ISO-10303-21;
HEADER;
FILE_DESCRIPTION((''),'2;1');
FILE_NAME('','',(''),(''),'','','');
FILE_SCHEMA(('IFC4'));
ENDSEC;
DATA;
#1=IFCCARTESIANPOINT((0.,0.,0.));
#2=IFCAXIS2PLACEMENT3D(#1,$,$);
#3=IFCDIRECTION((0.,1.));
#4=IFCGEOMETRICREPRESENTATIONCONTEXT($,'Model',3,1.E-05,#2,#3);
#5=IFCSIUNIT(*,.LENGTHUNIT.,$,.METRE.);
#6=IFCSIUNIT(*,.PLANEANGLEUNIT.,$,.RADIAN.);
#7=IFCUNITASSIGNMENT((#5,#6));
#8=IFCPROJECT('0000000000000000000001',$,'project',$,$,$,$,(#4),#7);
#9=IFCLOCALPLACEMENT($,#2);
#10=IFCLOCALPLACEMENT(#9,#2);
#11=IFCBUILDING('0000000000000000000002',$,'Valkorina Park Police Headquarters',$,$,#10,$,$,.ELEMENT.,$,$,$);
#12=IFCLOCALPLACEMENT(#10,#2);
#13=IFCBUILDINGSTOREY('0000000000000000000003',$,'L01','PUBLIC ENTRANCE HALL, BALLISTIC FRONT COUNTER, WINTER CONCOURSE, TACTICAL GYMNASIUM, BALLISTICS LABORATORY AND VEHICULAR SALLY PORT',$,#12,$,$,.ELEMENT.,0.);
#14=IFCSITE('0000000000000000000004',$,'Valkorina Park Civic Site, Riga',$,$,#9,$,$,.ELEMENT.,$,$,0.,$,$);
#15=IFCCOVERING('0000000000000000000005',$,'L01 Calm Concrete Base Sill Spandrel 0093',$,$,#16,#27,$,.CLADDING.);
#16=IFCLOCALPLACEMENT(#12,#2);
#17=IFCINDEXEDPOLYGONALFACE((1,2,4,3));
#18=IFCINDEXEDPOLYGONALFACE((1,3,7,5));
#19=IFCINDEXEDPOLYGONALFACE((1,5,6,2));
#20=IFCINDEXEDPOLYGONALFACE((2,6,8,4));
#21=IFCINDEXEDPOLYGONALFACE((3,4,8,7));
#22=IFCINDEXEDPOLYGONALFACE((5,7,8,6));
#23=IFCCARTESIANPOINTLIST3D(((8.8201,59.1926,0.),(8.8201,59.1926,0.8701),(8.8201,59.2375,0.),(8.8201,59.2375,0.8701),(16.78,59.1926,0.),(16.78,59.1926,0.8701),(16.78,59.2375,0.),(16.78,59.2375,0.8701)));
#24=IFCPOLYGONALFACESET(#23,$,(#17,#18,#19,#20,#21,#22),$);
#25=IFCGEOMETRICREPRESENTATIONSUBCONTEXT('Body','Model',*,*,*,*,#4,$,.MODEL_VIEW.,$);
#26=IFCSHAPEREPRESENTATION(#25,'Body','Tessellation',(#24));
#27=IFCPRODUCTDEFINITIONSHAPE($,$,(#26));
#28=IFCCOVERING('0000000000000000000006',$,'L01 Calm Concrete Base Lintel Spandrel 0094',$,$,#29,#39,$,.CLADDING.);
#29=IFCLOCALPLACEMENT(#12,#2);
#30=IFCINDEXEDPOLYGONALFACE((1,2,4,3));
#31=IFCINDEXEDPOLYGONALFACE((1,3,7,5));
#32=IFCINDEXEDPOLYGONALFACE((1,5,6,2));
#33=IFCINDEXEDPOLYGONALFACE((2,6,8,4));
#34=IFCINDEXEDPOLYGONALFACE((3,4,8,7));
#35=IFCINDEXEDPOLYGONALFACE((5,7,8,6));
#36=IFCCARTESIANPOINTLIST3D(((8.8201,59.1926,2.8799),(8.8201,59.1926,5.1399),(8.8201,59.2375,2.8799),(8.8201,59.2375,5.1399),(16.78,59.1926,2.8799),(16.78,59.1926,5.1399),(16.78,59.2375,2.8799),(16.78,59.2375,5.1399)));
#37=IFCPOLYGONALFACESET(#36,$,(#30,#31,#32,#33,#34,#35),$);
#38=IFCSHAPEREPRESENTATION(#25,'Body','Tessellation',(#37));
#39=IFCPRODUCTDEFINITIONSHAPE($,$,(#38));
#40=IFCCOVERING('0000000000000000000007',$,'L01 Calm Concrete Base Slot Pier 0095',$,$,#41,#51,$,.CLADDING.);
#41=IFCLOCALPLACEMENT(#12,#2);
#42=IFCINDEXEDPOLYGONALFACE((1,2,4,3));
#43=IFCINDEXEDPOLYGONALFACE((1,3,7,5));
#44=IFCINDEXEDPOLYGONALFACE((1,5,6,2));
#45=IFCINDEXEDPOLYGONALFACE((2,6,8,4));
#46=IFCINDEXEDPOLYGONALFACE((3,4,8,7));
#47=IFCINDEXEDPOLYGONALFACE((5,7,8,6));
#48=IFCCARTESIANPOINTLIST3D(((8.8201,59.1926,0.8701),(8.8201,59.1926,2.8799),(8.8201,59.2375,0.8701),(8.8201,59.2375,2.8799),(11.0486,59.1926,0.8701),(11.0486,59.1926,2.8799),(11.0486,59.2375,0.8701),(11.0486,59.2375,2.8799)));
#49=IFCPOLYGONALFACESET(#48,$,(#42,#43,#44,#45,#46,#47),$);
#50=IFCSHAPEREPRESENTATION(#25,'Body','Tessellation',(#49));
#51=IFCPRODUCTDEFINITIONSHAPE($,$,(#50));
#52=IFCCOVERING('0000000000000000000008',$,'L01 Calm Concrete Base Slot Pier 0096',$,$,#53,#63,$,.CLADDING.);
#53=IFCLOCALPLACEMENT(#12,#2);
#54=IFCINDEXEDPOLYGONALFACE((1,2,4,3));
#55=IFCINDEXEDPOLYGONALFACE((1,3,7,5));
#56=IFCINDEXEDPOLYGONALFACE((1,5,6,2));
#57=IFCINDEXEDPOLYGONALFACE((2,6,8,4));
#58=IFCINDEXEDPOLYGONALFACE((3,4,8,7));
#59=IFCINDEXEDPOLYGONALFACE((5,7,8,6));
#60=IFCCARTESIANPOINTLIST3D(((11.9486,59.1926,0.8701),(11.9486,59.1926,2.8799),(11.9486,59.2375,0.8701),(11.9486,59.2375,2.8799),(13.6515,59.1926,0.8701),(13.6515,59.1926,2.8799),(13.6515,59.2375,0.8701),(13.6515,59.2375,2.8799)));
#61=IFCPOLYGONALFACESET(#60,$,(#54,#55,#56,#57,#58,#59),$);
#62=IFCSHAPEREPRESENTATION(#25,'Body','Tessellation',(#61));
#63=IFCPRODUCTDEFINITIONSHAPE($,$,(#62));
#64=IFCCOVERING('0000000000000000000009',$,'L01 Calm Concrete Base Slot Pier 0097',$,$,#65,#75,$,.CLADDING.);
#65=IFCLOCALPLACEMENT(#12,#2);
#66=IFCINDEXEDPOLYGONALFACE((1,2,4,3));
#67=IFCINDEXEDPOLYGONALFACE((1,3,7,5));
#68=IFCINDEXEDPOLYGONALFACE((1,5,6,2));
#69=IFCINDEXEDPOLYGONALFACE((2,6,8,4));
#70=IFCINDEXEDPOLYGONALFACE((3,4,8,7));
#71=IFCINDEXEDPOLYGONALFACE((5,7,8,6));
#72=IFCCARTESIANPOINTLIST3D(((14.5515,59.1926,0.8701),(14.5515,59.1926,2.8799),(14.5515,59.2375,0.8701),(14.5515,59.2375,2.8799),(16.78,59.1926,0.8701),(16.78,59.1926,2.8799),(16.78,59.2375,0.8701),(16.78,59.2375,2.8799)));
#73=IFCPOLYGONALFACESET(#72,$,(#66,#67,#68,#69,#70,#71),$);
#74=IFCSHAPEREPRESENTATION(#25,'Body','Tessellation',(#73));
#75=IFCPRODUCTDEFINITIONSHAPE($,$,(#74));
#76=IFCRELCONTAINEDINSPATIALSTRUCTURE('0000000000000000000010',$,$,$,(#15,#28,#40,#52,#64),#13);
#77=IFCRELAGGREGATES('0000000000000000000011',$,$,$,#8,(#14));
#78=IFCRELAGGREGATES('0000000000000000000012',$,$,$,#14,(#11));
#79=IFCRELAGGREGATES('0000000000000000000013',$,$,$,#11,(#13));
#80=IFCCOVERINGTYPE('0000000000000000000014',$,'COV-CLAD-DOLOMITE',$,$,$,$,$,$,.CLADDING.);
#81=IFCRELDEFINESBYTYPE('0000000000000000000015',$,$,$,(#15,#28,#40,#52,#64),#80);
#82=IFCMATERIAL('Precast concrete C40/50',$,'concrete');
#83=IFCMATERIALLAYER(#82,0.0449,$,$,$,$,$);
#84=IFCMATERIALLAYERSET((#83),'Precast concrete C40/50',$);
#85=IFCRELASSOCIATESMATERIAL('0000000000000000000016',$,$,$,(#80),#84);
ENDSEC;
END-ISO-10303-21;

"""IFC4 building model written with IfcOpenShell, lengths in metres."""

from ifc_helpers import new_model, si_unit, direction, frame, frame_2d, origin, place, context, subcontext, project, spatial, rectangle, extrude, material, layer, layer_set, type_object, element, save


model = new_model("IFC4")

# Units and contexts
model_context = context("Model", 3, precision=1e-05, world=origin(), true_north=direction((0.0, 1.0)))
body_context = subcontext(model_context, "Body", "Model", "MODEL_VIEW")
ifc_project = project(units=[si_unit("LENGTHUNIT", "METRE"), si_unit("PLANEANGLEUNIT", "RADIAN")], contexts=[model_context])

# Site, building, storey
site_placement = place(None, origin())
site = spatial("IfcSite", under=ifc_project, at=site_placement, Name="Valkorina Park Civic Site, Riga", CompositionType="ELEMENT", RefElevation=0.0)
building_placement = place(site_placement, origin())
building = spatial("IfcBuilding", under=site, at=building_placement, Name="Valkorina Park Police Headquarters", CompositionType="ELEMENT")
storey_placement = place(building_placement, origin())
storey = spatial("IfcBuildingStorey", under=building, at=storey_placement, Name="L01", Description="PUBLIC ENTRANCE HALL, BALLISTIC FRONT COUNTER, WINTER CONCOURSE, TACTICAL GYMNASIUM, BALLISTICS LABORATORY AND VEHICULAR SALLY PORT", CompositionType="ELEMENT", Elevation=0.0)

# Coverings
ifc_material_1 = material(Name="Precast concrete C40/50", Category="concrete")
ifc_layer_1 = layer(ifc_material_1, 0.0449)
ifc_layer_set_1 = layer_set([ifc_layer_1], Name="Precast concrete C40/50")
covering_type = type_object("IfcCoveringType", Name="COV-CLAD-DOLOMITE", PredefinedType="CLADDING", material=ifc_layer_set_1)
covering_1_placement = place(storey_placement, frame((8.8201, 59.2151, 0.0), z_axis=(0.0, 0.0, 1.0), x_axis=(1.0, 0.0, 0.0)))
element("IfcCovering", 1, at=covering_1_placement, inside=storey, type_object=covering_type, Name="L01 Calm Concrete Base Sill Spandrel 0093", PredefinedType="CLADDING", context=body_context, shape_type="SweptSolid", body=[
    extrude(rectangle(XDim=7.96, YDim=0.0449, at=frame_2d((3.98, 0.0))), origin(), (0.0, 0.0, 1.0), 0.8701),
])
covering_2_placement = place(storey_placement, frame((8.8201, 59.2151, 2.8799), z_axis=(0.0, 0.0, 1.0), x_axis=(1.0, 0.0, 0.0)))
element("IfcCovering", 2, at=covering_2_placement, inside=storey, type_object=covering_type, Name="L01 Calm Concrete Base Lintel Spandrel 0094", PredefinedType="CLADDING", context=body_context, shape_type="SweptSolid", body=[
    extrude(rectangle(XDim=7.96, YDim=0.0449, at=frame_2d((3.98, 0.0))), origin(), (0.0, 0.0, 1.0), 2.26),
])
covering_3_placement = place(storey_placement, frame((8.8201, 59.2151, 0.8701), z_axis=(0.0, 0.0, 1.0), x_axis=(1.0, 0.0, 0.0)))
element("IfcCovering", 3, at=covering_3_placement, inside=storey, type_object=covering_type, Name="L01 Calm Concrete Base Slot Pier 0095", PredefinedType="CLADDING", context=body_context, shape_type="SweptSolid", body=[
    extrude(rectangle(XDim=2.2285, YDim=0.0449, at=frame_2d((1.1143, 0.0))), origin(), (0.0, 0.0, 1.0), 2.0098),
])
covering_4_placement = place(storey_placement, frame((11.9485, 59.2151, 0.8701), z_axis=(0.0, 0.0, 1.0), x_axis=(1.0, 0.0, 0.0)))
element("IfcCovering", 4, at=covering_4_placement, inside=storey, type_object=covering_type, Name="L01 Calm Concrete Base Slot Pier 0096", PredefinedType="CLADDING", context=body_context, shape_type="SweptSolid", body=[
    extrude(rectangle(XDim=1.7029, YDim=0.0449, at=frame_2d((0.8516, 0.0))), origin(), (0.0, 0.0, 1.0), 2.0098),
])
covering_5_placement = place(storey_placement, frame((14.5515, 59.2151, 0.8701), z_axis=(0.0, 0.0, 1.0), x_axis=(1.0, 0.0, 0.0)))
element("IfcCovering", 5, at=covering_5_placement, inside=storey, type_object=covering_type, Name="L01 Calm Concrete Base Slot Pier 0097", PredefinedType="CLADDING", context=body_context, shape_type="SweptSolid", body=[
    extrude(rectangle(XDim=2.2285, YDim=0.0449, at=frame_2d((1.1143, 0.0))), origin(), (0.0, 0.0, 1.0), 2.0098),
])

save(model, "model.ifc")
